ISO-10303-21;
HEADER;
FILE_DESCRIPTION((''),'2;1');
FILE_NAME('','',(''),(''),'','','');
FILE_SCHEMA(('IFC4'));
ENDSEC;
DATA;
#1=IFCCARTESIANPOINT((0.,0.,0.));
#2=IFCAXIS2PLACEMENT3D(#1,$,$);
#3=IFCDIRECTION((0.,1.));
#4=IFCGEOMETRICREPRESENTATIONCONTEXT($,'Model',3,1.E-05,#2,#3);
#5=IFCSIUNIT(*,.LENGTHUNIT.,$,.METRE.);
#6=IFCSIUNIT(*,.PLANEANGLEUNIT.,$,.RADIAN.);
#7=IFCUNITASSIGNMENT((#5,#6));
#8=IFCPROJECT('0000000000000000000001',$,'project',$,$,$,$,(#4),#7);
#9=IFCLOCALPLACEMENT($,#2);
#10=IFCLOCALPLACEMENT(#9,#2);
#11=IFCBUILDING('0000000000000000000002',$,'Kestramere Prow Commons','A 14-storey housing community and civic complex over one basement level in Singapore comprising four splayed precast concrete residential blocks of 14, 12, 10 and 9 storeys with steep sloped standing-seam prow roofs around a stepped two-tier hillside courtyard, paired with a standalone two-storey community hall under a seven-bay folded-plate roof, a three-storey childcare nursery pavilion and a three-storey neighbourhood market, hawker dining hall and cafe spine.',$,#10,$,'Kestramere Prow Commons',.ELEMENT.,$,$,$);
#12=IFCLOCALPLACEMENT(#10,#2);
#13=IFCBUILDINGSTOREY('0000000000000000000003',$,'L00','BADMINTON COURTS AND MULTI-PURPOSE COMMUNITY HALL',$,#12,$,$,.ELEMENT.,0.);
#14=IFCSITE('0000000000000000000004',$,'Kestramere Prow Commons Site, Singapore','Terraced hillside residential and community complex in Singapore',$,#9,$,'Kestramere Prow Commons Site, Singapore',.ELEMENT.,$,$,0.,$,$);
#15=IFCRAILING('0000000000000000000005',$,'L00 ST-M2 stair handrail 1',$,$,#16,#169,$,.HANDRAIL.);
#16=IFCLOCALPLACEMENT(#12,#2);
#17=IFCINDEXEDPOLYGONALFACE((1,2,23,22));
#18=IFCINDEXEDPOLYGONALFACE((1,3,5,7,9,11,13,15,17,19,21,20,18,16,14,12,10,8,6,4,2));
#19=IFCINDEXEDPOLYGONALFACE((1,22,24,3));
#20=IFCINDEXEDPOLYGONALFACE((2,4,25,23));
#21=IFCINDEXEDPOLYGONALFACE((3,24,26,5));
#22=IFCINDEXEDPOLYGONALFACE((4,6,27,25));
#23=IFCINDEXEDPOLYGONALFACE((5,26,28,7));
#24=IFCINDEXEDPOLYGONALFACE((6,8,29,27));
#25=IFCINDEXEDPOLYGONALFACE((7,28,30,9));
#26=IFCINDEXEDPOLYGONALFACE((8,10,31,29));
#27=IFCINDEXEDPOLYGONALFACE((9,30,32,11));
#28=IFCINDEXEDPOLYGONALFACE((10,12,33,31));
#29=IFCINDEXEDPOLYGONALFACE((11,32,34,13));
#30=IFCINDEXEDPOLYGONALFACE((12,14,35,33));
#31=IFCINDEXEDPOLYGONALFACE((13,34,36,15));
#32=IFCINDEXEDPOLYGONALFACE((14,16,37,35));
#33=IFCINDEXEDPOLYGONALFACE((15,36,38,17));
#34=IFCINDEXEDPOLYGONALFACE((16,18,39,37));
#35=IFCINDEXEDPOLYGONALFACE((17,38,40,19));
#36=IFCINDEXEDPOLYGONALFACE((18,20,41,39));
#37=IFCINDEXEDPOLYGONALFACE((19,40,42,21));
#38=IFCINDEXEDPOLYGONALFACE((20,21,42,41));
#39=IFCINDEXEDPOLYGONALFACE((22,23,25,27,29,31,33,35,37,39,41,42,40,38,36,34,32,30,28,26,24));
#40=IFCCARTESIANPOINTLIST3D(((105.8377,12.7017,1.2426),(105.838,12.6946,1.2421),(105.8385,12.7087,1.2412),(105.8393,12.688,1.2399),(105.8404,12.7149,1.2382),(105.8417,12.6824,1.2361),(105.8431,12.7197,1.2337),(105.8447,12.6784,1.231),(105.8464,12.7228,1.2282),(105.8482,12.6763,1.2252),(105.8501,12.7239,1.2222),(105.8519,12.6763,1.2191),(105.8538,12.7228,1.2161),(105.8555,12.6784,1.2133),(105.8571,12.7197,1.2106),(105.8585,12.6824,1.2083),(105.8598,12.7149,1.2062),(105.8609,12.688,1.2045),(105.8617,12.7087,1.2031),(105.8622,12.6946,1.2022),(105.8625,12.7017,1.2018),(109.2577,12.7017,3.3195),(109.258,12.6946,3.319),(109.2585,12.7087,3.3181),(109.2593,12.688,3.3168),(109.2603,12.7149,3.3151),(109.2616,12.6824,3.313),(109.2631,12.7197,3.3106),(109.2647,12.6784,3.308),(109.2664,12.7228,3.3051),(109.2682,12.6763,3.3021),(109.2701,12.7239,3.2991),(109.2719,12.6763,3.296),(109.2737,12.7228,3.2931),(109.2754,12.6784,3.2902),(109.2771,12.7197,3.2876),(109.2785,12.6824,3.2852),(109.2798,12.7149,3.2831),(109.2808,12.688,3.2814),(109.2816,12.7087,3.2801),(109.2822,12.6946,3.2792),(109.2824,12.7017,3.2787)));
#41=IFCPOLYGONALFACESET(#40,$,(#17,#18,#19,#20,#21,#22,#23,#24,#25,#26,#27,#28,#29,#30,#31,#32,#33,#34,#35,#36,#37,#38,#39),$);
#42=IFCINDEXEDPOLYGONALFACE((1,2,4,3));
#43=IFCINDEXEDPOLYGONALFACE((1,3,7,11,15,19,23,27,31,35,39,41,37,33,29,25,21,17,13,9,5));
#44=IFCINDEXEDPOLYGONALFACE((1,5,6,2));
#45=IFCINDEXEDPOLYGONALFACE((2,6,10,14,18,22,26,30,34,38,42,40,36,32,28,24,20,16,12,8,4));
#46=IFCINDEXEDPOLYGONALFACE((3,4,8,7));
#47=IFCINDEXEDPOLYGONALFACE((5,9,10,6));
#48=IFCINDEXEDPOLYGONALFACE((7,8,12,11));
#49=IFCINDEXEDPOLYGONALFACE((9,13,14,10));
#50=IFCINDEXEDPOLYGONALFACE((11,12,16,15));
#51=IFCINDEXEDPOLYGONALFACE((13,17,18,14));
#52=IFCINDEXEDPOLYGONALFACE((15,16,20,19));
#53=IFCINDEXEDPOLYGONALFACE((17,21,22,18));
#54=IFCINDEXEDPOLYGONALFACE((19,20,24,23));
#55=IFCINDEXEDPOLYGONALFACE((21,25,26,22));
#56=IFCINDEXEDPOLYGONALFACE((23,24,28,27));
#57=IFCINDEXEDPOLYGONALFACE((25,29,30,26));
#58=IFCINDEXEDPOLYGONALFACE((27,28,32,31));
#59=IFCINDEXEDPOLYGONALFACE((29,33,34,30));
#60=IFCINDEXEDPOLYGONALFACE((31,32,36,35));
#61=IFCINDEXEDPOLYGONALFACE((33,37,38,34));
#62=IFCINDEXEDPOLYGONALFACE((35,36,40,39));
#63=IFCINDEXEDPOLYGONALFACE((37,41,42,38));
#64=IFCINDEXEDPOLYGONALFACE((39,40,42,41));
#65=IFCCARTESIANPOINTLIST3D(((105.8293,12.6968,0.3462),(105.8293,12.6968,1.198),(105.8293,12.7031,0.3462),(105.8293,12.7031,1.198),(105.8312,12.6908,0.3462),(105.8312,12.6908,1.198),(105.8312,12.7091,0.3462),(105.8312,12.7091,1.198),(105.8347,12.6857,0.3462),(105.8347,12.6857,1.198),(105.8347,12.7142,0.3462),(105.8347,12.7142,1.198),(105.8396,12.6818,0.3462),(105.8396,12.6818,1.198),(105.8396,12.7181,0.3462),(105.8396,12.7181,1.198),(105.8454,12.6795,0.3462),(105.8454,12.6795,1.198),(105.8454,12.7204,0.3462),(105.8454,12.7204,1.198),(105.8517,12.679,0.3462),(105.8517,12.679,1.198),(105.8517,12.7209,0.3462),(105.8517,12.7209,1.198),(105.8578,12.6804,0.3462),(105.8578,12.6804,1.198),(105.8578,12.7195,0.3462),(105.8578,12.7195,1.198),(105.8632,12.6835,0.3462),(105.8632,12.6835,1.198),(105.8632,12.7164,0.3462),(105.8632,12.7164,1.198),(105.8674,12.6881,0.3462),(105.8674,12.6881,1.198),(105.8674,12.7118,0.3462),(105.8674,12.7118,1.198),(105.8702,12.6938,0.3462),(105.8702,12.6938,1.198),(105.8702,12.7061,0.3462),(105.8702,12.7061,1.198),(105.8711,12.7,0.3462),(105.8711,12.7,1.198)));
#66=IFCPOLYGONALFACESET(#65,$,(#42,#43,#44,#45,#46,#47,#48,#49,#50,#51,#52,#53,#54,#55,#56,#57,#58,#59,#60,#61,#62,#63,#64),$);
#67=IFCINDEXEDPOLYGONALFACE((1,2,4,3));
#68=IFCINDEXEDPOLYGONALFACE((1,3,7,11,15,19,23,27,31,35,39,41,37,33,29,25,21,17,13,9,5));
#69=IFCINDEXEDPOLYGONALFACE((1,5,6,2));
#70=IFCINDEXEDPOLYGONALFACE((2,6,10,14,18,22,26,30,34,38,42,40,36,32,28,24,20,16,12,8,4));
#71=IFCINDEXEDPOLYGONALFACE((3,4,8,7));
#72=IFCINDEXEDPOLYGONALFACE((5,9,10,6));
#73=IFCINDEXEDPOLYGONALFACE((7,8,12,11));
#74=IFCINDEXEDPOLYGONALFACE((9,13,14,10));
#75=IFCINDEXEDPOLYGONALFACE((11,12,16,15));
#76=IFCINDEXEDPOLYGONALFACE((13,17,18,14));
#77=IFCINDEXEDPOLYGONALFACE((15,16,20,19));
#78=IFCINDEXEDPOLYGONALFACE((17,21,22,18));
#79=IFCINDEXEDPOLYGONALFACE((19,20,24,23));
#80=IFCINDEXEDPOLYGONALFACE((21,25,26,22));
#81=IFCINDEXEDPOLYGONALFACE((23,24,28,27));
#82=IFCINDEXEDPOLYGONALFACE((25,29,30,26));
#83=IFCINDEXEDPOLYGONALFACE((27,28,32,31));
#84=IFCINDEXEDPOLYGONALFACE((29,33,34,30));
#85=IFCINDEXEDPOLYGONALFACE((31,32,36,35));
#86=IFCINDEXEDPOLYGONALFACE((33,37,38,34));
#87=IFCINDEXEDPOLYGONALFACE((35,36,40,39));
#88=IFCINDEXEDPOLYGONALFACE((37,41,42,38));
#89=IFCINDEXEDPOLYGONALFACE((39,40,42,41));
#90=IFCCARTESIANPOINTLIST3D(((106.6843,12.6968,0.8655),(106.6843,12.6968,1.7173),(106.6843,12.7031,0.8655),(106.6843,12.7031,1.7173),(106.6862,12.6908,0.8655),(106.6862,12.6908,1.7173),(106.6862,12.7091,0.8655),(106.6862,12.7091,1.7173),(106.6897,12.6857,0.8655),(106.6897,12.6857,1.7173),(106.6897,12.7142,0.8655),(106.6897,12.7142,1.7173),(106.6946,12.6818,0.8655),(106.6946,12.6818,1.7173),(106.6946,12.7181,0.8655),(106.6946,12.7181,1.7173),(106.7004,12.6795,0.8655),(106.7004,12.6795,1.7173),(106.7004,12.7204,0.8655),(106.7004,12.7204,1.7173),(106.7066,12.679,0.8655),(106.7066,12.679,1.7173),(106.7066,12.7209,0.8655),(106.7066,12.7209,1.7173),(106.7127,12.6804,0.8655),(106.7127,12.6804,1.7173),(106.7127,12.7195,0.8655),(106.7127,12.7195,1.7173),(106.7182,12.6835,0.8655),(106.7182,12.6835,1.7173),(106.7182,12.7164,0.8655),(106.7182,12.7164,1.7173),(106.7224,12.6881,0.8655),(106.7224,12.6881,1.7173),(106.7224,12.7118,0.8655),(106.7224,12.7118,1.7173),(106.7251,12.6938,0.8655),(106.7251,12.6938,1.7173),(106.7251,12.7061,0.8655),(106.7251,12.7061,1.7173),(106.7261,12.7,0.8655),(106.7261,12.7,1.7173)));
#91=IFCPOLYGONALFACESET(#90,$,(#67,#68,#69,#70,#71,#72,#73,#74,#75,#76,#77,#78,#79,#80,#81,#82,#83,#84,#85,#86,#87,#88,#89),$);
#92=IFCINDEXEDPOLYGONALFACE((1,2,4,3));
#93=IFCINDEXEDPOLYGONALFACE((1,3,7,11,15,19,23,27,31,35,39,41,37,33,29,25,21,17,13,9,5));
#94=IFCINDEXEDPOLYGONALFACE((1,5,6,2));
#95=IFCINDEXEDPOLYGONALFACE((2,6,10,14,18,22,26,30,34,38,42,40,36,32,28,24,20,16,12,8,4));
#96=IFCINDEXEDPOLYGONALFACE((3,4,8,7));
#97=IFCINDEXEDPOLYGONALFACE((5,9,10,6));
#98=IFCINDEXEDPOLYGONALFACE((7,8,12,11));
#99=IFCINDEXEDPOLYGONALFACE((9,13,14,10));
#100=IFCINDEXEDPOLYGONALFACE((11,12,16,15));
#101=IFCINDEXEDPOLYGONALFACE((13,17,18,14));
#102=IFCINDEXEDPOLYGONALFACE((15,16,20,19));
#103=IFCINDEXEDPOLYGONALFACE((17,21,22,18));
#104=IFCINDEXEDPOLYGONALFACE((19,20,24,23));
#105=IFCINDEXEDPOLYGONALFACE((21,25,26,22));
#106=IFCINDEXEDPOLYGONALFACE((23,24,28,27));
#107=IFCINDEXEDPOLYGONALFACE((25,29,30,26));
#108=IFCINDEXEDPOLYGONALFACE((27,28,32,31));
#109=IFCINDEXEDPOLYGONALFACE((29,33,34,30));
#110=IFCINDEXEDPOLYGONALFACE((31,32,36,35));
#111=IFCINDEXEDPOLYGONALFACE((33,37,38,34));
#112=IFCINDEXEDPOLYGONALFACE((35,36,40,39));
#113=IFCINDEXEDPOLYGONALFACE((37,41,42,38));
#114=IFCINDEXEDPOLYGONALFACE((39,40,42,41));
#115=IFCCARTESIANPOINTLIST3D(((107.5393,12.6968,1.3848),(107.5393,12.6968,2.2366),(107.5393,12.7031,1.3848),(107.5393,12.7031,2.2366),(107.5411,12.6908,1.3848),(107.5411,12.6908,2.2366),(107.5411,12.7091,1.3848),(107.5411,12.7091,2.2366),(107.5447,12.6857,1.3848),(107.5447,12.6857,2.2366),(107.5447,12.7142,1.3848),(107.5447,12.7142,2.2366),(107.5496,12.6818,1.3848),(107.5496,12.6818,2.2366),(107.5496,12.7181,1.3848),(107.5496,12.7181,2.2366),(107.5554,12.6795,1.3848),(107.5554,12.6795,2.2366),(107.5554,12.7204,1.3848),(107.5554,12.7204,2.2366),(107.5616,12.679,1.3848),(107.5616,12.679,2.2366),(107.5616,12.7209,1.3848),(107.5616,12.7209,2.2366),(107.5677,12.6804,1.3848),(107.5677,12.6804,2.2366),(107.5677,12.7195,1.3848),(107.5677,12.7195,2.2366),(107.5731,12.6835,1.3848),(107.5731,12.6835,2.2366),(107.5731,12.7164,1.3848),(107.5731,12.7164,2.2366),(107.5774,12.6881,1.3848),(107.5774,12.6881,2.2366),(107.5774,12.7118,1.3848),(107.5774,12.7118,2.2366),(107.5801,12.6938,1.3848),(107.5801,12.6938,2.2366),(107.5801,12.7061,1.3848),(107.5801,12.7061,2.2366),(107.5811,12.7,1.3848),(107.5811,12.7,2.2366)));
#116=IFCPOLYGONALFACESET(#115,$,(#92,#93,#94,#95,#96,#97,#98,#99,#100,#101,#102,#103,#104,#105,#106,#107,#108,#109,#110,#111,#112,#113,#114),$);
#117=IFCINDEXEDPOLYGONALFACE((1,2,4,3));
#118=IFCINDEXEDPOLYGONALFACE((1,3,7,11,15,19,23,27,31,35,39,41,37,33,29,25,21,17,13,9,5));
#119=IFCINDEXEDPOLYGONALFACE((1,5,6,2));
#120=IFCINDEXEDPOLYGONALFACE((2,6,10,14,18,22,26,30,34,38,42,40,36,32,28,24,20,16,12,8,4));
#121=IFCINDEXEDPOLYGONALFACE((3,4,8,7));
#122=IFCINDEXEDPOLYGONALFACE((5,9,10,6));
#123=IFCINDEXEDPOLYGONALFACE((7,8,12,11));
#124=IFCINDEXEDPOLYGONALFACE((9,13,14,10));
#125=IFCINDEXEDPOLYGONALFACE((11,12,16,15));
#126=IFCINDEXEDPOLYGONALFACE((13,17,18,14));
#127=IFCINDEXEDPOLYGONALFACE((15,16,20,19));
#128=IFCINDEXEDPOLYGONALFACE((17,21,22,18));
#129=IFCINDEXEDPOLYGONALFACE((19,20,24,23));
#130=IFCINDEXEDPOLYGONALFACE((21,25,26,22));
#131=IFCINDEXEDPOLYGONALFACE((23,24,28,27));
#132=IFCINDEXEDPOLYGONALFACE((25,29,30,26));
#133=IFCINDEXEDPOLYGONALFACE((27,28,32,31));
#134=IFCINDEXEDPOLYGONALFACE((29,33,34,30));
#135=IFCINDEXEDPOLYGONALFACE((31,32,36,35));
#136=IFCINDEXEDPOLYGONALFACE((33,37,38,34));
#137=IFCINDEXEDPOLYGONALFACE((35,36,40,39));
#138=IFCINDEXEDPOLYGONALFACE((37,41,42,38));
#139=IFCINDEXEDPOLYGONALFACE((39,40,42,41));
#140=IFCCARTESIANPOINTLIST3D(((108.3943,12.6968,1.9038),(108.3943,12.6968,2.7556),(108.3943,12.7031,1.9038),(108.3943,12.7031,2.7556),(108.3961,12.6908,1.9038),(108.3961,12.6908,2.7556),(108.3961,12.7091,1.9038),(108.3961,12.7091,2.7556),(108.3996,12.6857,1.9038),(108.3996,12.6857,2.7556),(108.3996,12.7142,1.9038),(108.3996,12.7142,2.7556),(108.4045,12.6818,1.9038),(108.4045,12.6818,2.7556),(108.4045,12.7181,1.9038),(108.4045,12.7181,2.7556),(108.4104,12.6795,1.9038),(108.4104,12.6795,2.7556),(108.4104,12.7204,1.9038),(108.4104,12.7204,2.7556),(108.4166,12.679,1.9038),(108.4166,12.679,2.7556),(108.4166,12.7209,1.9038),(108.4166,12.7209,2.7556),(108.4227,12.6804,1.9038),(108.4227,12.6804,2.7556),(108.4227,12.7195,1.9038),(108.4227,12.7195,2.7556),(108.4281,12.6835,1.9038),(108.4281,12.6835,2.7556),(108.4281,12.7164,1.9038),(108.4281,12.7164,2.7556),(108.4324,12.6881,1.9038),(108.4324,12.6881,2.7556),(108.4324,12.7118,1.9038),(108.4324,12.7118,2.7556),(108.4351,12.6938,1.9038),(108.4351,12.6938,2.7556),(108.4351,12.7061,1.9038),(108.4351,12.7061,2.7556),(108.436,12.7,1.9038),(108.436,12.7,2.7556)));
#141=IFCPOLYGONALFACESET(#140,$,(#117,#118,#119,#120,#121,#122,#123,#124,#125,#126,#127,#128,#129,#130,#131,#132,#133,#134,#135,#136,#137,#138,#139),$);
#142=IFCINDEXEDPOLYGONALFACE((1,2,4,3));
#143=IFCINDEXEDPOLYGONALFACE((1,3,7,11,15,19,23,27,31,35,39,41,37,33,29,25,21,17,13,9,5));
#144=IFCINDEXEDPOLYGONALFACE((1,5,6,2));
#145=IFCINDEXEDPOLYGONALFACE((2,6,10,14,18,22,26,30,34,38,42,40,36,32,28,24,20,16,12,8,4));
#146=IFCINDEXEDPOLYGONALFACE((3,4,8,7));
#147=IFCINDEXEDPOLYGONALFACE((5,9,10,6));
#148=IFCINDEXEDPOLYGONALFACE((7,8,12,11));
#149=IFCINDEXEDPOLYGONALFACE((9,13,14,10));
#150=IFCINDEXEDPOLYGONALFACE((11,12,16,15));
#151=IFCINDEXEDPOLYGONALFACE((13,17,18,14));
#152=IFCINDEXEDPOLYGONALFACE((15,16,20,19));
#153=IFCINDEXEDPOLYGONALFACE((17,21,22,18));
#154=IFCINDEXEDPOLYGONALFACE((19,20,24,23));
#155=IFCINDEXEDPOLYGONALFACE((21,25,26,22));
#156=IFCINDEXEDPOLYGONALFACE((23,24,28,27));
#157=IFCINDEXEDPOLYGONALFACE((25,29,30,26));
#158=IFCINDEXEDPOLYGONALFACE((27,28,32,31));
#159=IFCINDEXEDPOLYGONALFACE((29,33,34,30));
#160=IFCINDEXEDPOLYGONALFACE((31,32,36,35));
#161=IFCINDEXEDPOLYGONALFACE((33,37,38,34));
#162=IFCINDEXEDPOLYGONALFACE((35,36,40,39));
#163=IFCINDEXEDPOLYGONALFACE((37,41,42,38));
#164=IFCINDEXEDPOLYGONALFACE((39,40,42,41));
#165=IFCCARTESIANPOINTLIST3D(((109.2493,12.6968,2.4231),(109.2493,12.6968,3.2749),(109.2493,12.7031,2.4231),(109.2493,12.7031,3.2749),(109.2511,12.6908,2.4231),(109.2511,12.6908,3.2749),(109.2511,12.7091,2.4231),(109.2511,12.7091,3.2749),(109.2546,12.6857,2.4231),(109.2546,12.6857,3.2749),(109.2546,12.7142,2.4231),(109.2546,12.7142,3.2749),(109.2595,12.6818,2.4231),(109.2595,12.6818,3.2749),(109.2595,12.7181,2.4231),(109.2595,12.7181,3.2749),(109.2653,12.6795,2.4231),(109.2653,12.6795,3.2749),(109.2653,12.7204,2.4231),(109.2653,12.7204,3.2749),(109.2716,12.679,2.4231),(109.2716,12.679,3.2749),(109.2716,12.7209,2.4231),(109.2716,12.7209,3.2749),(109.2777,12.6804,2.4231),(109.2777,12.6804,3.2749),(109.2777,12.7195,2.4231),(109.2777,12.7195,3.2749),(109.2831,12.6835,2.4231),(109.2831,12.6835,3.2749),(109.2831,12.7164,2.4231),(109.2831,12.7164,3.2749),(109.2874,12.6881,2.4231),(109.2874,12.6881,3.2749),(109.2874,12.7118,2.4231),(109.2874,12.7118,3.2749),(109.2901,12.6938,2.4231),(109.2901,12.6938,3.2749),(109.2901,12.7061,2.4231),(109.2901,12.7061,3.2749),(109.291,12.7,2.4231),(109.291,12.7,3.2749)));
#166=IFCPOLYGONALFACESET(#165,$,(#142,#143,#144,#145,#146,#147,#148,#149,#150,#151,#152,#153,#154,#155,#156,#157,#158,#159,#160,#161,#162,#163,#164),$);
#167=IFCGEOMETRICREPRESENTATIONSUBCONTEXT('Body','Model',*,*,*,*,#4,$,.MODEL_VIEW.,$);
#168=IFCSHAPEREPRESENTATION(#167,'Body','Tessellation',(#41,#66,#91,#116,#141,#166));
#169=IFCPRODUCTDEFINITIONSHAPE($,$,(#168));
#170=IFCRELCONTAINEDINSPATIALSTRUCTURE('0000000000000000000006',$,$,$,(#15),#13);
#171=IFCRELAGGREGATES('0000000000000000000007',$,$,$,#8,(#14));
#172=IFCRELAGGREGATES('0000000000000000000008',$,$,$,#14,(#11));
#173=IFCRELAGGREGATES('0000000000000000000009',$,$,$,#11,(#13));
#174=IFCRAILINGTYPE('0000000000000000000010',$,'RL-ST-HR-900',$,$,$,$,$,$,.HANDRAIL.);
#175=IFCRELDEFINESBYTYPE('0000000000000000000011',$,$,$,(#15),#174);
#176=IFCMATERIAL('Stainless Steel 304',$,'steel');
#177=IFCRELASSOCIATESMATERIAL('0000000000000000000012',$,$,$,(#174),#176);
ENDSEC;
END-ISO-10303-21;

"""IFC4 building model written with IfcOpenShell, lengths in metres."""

from ifc_helpers import new_model, si_unit, direction, frame, origin, origin_2d, place, context, subcontext, project, spatial, circle, extrude, material, type_object, element, save


model = new_model("IFC4")

# Units and contexts
model_context = context("Model", 3, precision=1e-05, world=origin(), true_north=direction((0.0, 1.0)))
body_context = subcontext(model_context, "Body", "Model", "MODEL_VIEW")
ifc_project = project(units=[si_unit("LENGTHUNIT", "METRE"), si_unit("PLANEANGLEUNIT", "RADIAN")], contexts=[model_context])

# Site, building, storey
site_placement = place(None, origin())
site = spatial("IfcSite", under=ifc_project, at=site_placement, Name="Kestramere Prow Commons Site, Singapore", Description="Terraced hillside residential and community complex in Singapore", LongName="Kestramere Prow Commons Site, Singapore", CompositionType="ELEMENT", RefElevation=0.0)
building_placement = place(site_placement, origin())
building = spatial("IfcBuilding", under=site, at=building_placement, Name="Kestramere Prow Commons", Description="A 14-storey housing community and civic complex over one basement level in Singapore comprising four splayed precast concrete residential blocks of 14, 12, 10 and 9 storeys with steep sloped standing-seam prow roofs around a stepped two-tier hillside courtyard, paired with a standalone two-storey community hall under a seven-bay folded-plate roof, a three-storey childcare nursery pavilion and a three-storey neighbourhood market, hawker dining hall and cafe spine.", LongName="Kestramere Prow Commons", CompositionType="ELEMENT")
storey_placement = place(building_placement, origin())
storey = spatial("IfcBuildingStorey", under=building, at=storey_placement, Name="L00", Description="BADMINTON COURTS AND MULTI-PURPOSE COMMUNITY HALL", CompositionType="ELEMENT", Elevation=0.0)

# Railing
ifc_material_1 = material(Name="Stainless Steel 304", Category="steel")
railing_type_1 = type_object("IfcRailingType", Name="RL-ST-HR-900", PredefinedType="HANDRAIL", material=ifc_material_1)
railing_1_placement = place(storey_placement, frame((105.8501, 12.7, 0.3462)))
element("IfcRailing", 1, at=railing_1_placement, inside=storey, type_object=railing_type_1, Name="L00 ST-M2 stair handrail 1", PredefinedType="HANDRAIL", context=body_context, shape_type="SweptSolid", body=[
    extrude(circle(Radius=0.0239, at=origin_2d()), frame((0.0, 0.0, 0.876), z_axis=(0.85473, 0.0, 0.519074), x_axis=(0.0, 1.0, 0.0)), (0.0, 0.0, 1.0), 4.0012),
    extrude(circle(Radius=0.021, at=origin_2d()), origin(), (0.0, 0.0, 1.0), 0.8518),
    extrude(circle(Radius=0.021, at=origin_2d()), frame((0.855, 0.0, 0.5193)), (0.0, 0.0, 1.0), 0.8518),
    extrude(circle(Radius=0.021, at=origin_2d()), frame((1.71, 0.0, 1.0386)), (0.0, 0.0, 1.0), 0.8518),
    extrude(circle(Radius=0.021, at=origin_2d()), frame((2.5649, 0.0, 1.5576)), (0.0, 0.0, 1.0), 0.8518),
    extrude(circle(Radius=0.021, at=origin_2d()), frame((3.4199, 0.0, 2.0769)), (0.0, 0.0, 1.0), 0.8518),
])

save(model, "model.ifc")
